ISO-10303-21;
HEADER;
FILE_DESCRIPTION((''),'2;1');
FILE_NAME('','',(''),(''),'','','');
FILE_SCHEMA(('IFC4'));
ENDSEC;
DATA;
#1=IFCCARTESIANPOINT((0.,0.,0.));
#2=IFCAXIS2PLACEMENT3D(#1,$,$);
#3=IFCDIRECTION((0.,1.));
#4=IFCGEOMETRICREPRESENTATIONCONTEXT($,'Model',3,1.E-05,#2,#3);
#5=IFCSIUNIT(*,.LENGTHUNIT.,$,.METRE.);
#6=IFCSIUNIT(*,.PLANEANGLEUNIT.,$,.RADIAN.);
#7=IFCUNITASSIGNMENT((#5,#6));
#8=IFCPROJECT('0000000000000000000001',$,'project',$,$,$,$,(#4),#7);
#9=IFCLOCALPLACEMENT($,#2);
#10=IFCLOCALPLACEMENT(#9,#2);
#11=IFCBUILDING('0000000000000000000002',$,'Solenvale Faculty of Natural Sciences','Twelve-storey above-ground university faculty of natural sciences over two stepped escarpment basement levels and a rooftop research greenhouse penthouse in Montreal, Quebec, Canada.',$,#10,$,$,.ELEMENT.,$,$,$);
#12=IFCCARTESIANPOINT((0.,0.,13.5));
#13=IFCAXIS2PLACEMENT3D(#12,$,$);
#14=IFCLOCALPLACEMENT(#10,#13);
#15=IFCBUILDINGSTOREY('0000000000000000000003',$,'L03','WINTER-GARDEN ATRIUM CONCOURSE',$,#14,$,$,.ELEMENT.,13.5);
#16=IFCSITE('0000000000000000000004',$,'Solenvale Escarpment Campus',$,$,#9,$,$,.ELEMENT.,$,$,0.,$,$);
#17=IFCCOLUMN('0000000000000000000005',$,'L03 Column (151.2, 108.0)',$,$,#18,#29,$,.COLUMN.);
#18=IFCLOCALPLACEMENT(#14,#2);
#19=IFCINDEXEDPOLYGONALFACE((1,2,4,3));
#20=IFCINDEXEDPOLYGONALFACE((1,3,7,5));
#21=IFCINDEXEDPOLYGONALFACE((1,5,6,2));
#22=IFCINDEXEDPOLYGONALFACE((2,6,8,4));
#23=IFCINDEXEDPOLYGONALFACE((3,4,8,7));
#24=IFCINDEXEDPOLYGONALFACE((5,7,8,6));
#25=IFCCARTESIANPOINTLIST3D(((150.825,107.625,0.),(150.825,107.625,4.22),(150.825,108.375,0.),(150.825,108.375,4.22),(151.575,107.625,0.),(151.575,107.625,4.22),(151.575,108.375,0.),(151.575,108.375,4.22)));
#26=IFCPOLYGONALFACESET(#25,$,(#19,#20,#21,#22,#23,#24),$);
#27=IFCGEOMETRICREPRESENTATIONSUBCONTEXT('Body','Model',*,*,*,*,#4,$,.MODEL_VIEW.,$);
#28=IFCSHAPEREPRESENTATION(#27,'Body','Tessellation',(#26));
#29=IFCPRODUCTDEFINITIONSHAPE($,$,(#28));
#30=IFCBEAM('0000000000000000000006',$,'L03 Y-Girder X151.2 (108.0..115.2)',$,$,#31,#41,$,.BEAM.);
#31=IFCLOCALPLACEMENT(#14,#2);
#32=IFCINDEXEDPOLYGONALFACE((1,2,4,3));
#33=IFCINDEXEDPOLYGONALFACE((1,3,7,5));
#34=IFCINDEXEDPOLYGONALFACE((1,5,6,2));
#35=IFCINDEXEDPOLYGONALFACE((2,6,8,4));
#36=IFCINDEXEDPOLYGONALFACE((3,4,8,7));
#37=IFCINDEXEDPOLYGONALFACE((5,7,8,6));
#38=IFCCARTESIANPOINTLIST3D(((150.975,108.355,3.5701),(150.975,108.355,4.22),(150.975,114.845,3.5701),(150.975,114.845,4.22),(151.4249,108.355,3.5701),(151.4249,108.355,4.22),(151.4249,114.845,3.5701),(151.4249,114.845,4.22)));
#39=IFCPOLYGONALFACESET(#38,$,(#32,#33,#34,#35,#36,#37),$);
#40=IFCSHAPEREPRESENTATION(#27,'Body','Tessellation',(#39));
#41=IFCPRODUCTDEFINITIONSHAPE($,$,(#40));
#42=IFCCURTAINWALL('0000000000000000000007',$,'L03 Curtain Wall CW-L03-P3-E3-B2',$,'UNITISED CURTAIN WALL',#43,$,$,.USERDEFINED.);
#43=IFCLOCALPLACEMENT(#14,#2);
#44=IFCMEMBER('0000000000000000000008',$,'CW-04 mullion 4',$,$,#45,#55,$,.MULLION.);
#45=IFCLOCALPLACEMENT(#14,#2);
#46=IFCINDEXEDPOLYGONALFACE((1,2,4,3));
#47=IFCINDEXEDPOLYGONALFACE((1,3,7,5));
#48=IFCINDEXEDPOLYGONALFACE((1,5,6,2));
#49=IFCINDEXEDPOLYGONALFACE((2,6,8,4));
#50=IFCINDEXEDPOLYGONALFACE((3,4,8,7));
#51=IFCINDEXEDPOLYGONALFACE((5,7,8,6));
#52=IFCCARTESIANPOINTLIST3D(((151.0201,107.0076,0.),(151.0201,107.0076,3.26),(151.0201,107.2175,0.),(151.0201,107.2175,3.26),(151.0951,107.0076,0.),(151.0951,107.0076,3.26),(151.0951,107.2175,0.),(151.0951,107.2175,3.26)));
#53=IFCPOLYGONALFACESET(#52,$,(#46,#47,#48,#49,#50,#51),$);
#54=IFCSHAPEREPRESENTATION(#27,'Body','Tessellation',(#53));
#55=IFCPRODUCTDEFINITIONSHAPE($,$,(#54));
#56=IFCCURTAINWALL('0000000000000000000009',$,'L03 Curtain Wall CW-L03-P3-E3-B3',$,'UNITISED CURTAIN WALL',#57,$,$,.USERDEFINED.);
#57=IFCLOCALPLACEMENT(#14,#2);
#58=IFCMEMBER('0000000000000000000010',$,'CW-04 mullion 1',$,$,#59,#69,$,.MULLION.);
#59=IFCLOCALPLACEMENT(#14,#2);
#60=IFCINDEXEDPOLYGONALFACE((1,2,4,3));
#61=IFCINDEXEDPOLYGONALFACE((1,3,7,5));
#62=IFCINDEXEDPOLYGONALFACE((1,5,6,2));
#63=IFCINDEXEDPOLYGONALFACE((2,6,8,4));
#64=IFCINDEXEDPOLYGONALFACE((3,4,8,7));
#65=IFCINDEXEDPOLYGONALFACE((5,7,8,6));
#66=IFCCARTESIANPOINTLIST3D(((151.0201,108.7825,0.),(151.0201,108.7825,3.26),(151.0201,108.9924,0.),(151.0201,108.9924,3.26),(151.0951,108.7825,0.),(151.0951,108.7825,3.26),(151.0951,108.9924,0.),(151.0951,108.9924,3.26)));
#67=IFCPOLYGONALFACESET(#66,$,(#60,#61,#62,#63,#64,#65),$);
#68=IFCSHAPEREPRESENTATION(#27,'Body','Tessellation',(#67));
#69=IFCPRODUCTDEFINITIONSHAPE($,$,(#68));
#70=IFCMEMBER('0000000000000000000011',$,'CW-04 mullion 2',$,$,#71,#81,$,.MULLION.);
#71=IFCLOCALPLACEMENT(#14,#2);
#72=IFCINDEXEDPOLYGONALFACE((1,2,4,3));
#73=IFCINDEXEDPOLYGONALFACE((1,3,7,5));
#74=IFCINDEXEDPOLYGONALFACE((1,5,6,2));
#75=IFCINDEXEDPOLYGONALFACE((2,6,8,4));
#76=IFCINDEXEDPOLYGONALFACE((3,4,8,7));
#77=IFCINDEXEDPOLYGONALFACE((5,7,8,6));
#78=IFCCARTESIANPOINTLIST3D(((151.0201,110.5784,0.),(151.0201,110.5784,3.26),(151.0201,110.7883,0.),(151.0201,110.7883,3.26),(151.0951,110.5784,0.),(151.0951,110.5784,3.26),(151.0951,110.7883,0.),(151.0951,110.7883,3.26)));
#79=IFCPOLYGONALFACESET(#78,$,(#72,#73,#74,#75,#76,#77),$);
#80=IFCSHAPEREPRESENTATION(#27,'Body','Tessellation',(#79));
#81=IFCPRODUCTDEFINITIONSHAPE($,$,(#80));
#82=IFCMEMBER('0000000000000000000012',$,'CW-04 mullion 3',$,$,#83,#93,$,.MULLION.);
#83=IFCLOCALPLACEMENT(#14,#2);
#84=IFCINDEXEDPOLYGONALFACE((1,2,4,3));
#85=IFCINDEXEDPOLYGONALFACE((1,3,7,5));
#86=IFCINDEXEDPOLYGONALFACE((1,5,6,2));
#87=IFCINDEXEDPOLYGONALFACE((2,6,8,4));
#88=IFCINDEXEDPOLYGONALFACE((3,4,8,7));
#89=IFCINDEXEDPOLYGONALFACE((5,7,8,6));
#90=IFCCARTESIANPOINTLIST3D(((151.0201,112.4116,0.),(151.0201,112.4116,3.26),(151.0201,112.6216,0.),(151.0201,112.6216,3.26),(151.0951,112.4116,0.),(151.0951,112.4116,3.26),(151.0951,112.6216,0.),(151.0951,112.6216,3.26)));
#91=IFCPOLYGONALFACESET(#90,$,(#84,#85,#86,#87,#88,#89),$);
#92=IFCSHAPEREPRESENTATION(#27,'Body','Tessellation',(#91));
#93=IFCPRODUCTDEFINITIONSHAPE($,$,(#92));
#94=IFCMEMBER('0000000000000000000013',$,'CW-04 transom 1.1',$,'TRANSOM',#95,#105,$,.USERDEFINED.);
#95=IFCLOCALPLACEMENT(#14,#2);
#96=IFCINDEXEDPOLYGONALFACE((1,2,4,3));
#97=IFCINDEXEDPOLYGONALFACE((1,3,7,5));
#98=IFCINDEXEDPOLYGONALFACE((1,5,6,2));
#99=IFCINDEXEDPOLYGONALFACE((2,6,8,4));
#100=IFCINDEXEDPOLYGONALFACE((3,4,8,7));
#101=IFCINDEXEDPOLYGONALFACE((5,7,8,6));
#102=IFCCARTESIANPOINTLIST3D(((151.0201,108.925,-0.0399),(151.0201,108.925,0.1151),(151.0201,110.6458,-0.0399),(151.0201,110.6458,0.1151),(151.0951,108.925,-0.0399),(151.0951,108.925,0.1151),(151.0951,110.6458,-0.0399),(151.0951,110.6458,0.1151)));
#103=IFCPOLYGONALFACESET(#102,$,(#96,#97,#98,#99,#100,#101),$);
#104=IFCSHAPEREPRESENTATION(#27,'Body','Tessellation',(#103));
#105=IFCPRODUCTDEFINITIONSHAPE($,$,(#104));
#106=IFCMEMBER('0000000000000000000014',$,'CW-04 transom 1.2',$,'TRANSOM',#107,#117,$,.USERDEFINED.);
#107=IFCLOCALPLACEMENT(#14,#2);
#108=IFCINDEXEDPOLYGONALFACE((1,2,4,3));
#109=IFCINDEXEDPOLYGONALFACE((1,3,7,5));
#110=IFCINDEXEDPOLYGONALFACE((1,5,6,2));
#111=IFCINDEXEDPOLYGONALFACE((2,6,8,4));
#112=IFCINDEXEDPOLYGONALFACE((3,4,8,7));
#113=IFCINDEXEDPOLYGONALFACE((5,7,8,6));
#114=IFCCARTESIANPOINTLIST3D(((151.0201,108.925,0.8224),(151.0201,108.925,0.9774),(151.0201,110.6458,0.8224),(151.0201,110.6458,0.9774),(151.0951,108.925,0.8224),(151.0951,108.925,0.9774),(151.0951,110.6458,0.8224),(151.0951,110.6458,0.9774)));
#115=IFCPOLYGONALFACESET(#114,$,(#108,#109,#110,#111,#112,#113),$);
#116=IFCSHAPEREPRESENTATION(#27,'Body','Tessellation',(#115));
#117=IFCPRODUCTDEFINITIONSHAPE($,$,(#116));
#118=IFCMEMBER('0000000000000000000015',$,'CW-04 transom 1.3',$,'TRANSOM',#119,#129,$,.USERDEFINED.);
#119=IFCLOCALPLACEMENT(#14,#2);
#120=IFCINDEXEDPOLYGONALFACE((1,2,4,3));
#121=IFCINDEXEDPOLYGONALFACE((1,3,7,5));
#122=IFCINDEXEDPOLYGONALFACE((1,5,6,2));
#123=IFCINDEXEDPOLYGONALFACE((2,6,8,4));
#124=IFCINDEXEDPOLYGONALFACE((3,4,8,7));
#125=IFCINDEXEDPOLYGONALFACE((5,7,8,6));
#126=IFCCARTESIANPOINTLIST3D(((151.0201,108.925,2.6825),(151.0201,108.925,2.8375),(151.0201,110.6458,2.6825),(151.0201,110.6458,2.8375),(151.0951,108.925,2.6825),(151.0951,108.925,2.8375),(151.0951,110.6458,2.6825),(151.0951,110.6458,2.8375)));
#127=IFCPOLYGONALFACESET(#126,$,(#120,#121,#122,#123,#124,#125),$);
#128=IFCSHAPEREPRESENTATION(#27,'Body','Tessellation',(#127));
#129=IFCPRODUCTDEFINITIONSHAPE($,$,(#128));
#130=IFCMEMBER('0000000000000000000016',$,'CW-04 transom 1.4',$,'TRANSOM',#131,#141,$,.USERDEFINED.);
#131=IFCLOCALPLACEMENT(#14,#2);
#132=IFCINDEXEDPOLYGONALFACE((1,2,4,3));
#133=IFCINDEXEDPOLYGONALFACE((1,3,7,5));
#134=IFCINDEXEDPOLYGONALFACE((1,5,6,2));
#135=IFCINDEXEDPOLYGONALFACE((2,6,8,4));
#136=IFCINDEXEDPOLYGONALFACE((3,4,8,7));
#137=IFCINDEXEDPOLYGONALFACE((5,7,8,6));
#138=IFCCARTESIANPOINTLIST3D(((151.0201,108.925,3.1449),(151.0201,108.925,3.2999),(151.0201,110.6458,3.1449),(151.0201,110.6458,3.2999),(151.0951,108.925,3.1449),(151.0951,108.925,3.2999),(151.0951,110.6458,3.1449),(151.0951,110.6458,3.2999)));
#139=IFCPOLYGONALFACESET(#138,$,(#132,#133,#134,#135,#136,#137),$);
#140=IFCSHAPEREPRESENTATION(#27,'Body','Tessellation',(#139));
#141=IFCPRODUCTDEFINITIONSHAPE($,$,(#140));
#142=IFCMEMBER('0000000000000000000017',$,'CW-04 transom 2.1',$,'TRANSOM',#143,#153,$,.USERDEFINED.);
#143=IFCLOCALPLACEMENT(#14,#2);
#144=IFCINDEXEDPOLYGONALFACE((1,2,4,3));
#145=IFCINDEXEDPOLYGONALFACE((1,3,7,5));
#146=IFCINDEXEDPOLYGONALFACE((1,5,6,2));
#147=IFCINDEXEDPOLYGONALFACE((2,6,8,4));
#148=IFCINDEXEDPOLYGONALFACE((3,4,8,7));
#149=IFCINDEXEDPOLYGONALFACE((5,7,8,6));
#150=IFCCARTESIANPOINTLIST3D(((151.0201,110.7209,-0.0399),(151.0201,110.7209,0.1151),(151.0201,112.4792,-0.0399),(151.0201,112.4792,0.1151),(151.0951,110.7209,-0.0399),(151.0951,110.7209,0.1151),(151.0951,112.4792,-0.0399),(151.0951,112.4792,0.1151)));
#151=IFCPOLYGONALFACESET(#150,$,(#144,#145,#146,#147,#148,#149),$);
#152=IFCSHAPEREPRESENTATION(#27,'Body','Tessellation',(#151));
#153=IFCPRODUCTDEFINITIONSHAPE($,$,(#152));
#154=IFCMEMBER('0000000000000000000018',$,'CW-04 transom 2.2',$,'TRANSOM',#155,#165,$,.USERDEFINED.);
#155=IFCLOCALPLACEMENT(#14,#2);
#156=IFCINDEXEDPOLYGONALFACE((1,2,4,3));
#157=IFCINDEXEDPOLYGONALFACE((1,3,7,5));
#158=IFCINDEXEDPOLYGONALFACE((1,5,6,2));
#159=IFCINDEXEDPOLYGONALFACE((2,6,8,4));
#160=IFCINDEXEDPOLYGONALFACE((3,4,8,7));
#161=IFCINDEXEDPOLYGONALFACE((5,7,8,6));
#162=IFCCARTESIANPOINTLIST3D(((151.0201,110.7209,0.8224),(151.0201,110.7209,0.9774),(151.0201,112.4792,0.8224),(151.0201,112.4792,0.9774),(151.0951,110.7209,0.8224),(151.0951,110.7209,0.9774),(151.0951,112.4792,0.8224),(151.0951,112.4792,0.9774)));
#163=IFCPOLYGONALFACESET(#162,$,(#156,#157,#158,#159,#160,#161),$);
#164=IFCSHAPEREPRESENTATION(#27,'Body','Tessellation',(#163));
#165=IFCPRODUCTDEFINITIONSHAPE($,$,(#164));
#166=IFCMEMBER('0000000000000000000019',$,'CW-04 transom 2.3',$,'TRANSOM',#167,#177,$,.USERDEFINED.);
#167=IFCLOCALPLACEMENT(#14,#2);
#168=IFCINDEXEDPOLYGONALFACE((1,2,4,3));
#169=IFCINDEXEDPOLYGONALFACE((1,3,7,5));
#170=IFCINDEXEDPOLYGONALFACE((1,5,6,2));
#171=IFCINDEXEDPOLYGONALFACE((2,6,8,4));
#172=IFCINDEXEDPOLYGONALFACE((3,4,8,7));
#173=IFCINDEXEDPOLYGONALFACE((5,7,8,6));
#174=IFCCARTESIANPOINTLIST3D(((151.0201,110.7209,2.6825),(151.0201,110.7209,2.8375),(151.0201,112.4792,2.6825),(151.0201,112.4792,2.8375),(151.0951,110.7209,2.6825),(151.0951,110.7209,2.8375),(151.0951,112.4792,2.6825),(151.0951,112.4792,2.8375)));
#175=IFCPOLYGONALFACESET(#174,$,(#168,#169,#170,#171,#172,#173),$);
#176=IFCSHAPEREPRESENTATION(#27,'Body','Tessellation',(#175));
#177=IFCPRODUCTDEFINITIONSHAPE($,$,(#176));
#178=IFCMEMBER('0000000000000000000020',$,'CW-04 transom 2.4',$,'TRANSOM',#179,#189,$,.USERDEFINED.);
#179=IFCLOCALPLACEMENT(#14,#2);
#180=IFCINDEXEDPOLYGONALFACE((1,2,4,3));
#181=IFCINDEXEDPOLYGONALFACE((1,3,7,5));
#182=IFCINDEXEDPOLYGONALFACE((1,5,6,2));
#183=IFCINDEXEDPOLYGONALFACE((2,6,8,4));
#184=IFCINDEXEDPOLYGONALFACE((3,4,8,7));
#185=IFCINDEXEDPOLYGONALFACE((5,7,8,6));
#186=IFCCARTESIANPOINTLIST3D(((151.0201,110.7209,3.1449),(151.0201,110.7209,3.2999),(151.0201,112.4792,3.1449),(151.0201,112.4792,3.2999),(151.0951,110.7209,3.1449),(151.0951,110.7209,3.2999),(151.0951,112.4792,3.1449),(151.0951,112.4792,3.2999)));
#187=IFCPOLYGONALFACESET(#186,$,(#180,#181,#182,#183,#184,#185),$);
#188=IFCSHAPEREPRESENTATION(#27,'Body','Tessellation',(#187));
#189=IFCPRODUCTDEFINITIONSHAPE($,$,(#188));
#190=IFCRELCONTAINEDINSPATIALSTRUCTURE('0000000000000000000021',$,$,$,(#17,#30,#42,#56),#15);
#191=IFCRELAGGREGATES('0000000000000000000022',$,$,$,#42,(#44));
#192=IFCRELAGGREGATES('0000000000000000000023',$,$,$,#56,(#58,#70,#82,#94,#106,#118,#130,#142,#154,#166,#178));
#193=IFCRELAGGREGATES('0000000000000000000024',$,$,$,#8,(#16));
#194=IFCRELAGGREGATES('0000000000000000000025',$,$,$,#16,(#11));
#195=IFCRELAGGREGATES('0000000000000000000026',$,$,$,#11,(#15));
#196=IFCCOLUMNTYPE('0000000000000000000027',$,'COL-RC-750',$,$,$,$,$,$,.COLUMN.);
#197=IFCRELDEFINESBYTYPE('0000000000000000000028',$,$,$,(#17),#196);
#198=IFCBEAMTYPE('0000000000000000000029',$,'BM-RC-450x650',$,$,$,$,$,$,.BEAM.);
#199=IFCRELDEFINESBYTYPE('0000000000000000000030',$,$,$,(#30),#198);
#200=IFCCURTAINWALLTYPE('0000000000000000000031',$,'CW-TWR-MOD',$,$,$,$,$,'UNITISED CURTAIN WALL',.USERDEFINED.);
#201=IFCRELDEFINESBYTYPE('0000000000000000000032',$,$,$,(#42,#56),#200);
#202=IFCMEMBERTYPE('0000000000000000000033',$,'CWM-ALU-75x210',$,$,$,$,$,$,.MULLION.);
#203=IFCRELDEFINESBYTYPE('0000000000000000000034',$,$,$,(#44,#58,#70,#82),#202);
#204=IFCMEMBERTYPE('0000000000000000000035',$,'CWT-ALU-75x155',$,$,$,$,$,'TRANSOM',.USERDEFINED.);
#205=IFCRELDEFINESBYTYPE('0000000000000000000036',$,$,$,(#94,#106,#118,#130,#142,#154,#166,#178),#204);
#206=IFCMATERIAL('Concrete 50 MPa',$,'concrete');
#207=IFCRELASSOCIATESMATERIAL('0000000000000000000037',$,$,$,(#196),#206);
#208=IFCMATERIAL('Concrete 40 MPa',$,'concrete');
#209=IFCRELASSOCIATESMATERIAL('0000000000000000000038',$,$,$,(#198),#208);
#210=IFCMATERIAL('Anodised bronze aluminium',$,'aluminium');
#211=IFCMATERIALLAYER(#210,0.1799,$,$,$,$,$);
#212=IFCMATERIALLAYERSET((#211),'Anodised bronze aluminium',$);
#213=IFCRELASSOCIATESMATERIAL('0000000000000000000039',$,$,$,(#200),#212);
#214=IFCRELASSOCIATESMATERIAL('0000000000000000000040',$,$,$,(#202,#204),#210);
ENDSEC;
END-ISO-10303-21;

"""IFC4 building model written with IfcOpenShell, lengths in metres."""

from ifc_helpers import new_model, si_unit, direction, frame, origin, origin_2d, place, context, subcontext, project, spatial, rectangle, extrude, material, layer, layer_set, material_profile, profile_set, type_object, element, aggregate, save


model = new_model("IFC4")

# Units and contexts
model_context = context("Model", 3, precision=1e-05, world=origin(), true_north=direction((0.0, 1.0)))
body_context = subcontext(model_context, "Body", "Model", "MODEL_VIEW")
ifc_project = project(units=[si_unit("LENGTHUNIT", "METRE"), si_unit("PLANEANGLEUNIT", "RADIAN")], contexts=[model_context])

# Site, building, storey
site_placement = place(None, origin())
site = spatial("IfcSite", under=ifc_project, at=site_placement, Name="Solenvale Escarpment Campus", CompositionType="ELEMENT", RefElevation=0.0)
building_placement = place(site_placement, origin())
building = spatial("IfcBuilding", under=site, at=building_placement, Name="Solenvale Faculty of Natural Sciences", Description="Twelve-storey above-ground university faculty of natural sciences over two stepped escarpment basement levels and a rooftop research greenhouse penthouse in Montreal, Quebec, Canada.", CompositionType="ELEMENT")
storey_placement = place(building_placement, frame((0.0, 0.0, 13.5)))
storey = spatial("IfcBuildingStorey", under=building, at=storey_placement, Name="L03", Description="WINTER-GARDEN ATRIUM CONCOURSE", CompositionType="ELEMENT", Elevation=13.5)

# Column
ifc_material_1 = material(Name="Concrete 50 MPa", Category="concrete")
ifc_material_profile_1 = material_profile(ifc_material_1, rectangle(XDim=0.75, YDim=0.75, at=origin_2d()), Name="RC-COL-750x750")
ifc_profile_set_1 = profile_set([ifc_material_profile_1], Name="Concrete 50 MPa")
column_type = type_object("IfcColumnType", Name="COL-RC-750", PredefinedType="COLUMN", material=ifc_profile_set_1)
column_placement = place(storey_placement, frame((151.2, 108.0, 0.0), z_axis=(0.0, 0.0, 1.0), x_axis=(1.0, 0.0, 0.0)))
element("IfcColumn", 1, at=column_placement, inside=storey, type_object=column_type, Name="L03 Column (151.2, 108.0)", PredefinedType="COLUMN", context=body_context, shape_type="SweptSolid", body=[
    extrude(rectangle(XDim=0.75, YDim=0.75, at=origin_2d()), origin(), (0.0, 0.0, 1.0), 4.22),
])

# Beam
ifc_material_2 = material(Name="Concrete 40 MPa", Category="concrete")
ifc_material_profile_2 = material_profile(ifc_material_2, rectangle(XDim=0.45, YDim=0.6499, at=origin_2d()), Name="RC-BM-450x650")
ifc_profile_set_2 = profile_set([ifc_material_profile_2], Name="Concrete 40 MPa")
beam_type = type_object("IfcBeamType", Name="BM-RC-450x650", PredefinedType="BEAM", material=ifc_profile_set_2)
beam_placement = place(storey_placement, frame((151.2, 108.355, 3.895), z_axis=(0.0, 1.0, 0.0), x_axis=(-1.0, 0.0, 0.0)))
element("IfcBeam", 2, at=beam_placement, inside=storey, type_object=beam_type, Name="L03 Y-Girder X151.2 (108.0..115.2)", PredefinedType="BEAM", context=body_context, shape_type="SweptSolid", body=[
    extrude(rectangle(XDim=0.45, YDim=0.6499, at=origin_2d()), origin(), (0.0, 0.0, 1.0), 6.49),
])

# Curtain wall, member
ifc_material_3 = material(Name="Anodised bronze aluminium", Category="aluminium")
ifc_layer_1 = layer(ifc_material_3, 0.1799)
ifc_layer_set_1 = layer_set([ifc_layer_1], Name="Anodised bronze aluminium")
curtain_wall_type = type_object("IfcCurtainWallType", Name="CW-TWR-MOD", ElementType="UNITISED CURTAIN WALL", PredefinedType="USERDEFINED", material=ifc_layer_set_1)
curtain_wall_1_placement = place(storey_placement, origin())
curtain_wall_1 = element("IfcCurtainWall", 3, at=curtain_wall_1_placement, inside=storey, type_object=curtain_wall_type, Name="L03 Curtain Wall CW-L03-P3-E3-B2", ObjectType="UNITISED CURTAIN WALL", PredefinedType="USERDEFINED")
ifc_material_profile_3 = material_profile(ifc_material_3, rectangle(XDim=0.075, YDim=0.21, at=origin_2d()), Name="ALU-MUL-75x210")
ifc_profile_set_3 = profile_set([ifc_material_profile_3], Name="Anodised bronze aluminium")
member_type_1 = type_object("IfcMemberType", Name="CWM-ALU-75x210", PredefinedType="MULLION", material=ifc_profile_set_3)
member_1_placement = place(storey_placement, frame((151.0576, 107.1125, 0.0), z_axis=(0.0, 0.0, 1.0), x_axis=(-1.0, 0.0, 0.0)))
member_1 = element("IfcMember", 4, at=member_1_placement, type_object=member_type_1, Name="CW-04 mullion 4", PredefinedType="MULLION", context=body_context, shape_type="SweptSolid", body=[
    extrude(rectangle(XDim=0.075, YDim=0.21, at=origin_2d()), origin(), (0.0, 0.0, 1.0), 3.26),
])
aggregate(curtain_wall_1, [member_1])

# Curtain wall, members
curtain_wall_2_placement = place(storey_placement, origin())
curtain_wall_2 = element("IfcCurtainWall", 5, at=curtain_wall_2_placement, inside=storey, type_object=curtain_wall_type, Name="L03 Curtain Wall CW-L03-P3-E3-B3", ObjectType="UNITISED CURTAIN WALL", PredefinedType="USERDEFINED")
member_2_placement = place(storey_placement, frame((151.0576, 108.8875, 0.0), z_axis=(0.0, 0.0, 1.0), x_axis=(-1.0, 0.0, 0.0)))
member_2 = element("IfcMember", 6, at=member_2_placement, type_object=member_type_1, Name="CW-04 mullion 1", PredefinedType="MULLION", context=body_context, shape_type="SweptSolid", body=[
    extrude(rectangle(XDim=0.075, YDim=0.21, at=origin_2d()), origin(), (0.0, 0.0, 1.0), 3.26),
])
member_3_placement = place(storey_placement, frame((151.0576, 110.6833, 0.0), z_axis=(0.0, 0.0, 1.0), x_axis=(-1.0, 0.0, 0.0)))
member_3 = element("IfcMember", 7, at=member_3_placement, type_object=member_type_1, Name="CW-04 mullion 2", PredefinedType="MULLION", context=body_context, shape_type="SweptSolid", body=[
    extrude(rectangle(XDim=0.075, YDim=0.21, at=origin_2d()), origin(), (0.0, 0.0, 1.0), 3.26),
])
member_4_placement = place(storey_placement, frame((151.0576, 112.5166, 0.0), z_axis=(0.0, 0.0, 1.0), x_axis=(-1.0, 0.0, 0.0)))
member_4 = element("IfcMember", 8, at=member_4_placement, type_object=member_type_1, Name="CW-04 mullion 3", PredefinedType="MULLION", context=body_context, shape_type="SweptSolid", body=[
    extrude(rectangle(XDim=0.075, YDim=0.21, at=origin_2d()), origin(), (0.0, 0.0, 1.0), 3.26),
])
ifc_material_profile_4 = material_profile(ifc_material_3, rectangle(XDim=0.075, YDim=0.155, at=origin_2d()), Name="ALU-TRN-75x155")
ifc_profile_set_4 = profile_set([ifc_material_profile_4], Name="Anodised bronze aluminium")
member_type_2 = type_object("IfcMemberType", Name="CWT-ALU-75x155", ElementType="TRANSOM", PredefinedType="USERDEFINED", material=ifc_profile_set_4)
member_5_placement = place(storey_placement, frame((151.0576, 108.925, 0.0376), z_axis=(0.0, 1.0, 0.0), x_axis=(-1.0, 0.0, 0.0)))
member_5 = element("IfcMember", 9, at=member_5_placement, type_object=member_type_2, Name="CW-04 transom 1.1", ObjectType="TRANSOM", PredefinedType="USERDEFINED", context=body_context, shape_type="SweptSolid", body=[
    extrude(rectangle(XDim=0.075, YDim=0.155, at=origin_2d()), origin(), (0.0, 0.0, 1.0), 1.7207),
])
member_6_placement = place(storey_placement, frame((151.0576, 108.925, 0.8999), z_axis=(0.0, 1.0, 0.0), x_axis=(-1.0, 0.0, 0.0)))
member_6 = element("IfcMember", 10, at=member_6_placement, type_object=member_type_2, Name="CW-04 transom 1.2", ObjectType="TRANSOM", PredefinedType="USERDEFINED", context=body_context, shape_type="SweptSolid", body=[
    extrude(rectangle(XDim=0.075, YDim=0.155, at=origin_2d()), origin(), (0.0, 0.0, 1.0), 1.7207),
])
member_7_placement = place(storey_placement, frame((151.0576, 108.925, 2.76), z_axis=(0.0, 1.0, 0.0), x_axis=(-1.0, 0.0, 0.0)))
member_7 = element("IfcMember", 11, at=member_7_placement, type_object=member_type_2, Name="CW-04 transom 1.3", ObjectType="TRANSOM", PredefinedType="USERDEFINED", context=body_context, shape_type="SweptSolid", body=[
    extrude(rectangle(XDim=0.075, YDim=0.155, at=origin_2d()), origin(), (0.0, 0.0, 1.0), 1.7207),
])
member_8_placement = place(storey_placement, frame((151.0576, 108.925, 3.2224), z_axis=(0.0, 1.0, 0.0), x_axis=(-1.0, 0.0, 0.0)))
member_8 = element("IfcMember", 12, at=member_8_placement, type_object=member_type_2, Name="CW-04 transom 1.4", ObjectType="TRANSOM", PredefinedType="USERDEFINED", context=body_context, shape_type="SweptSolid", body=[
    extrude(rectangle(XDim=0.075, YDim=0.155, at=origin_2d()), origin(), (0.0, 0.0, 1.0), 1.7207),
])
member_9_placement = place(storey_placement, frame((151.0576, 110.7209, 0.0376), z_axis=(0.0, 1.0, 0.0), x_axis=(-1.0, 0.0, 0.0)))
member_9 = element("IfcMember", 13, at=member_9_placement, type_object=member_type_2, Name="CW-04 transom 2.1", ObjectType="TRANSOM", PredefinedType="USERDEFINED", context=body_context, shape_type="SweptSolid", body=[
    extrude(rectangle(XDim=0.075, YDim=0.155, at=origin_2d()), origin(), (0.0, 0.0, 1.0), 1.7583),
])
member_10_placement = place(storey_placement, frame((151.0576, 110.7209, 0.8999), z_axis=(0.0, 1.0, 0.0), x_axis=(-1.0, 0.0, 0.0)))
member_10 = element("IfcMember", 14, at=member_10_placement, type_object=member_type_2, Name="CW-04 transom 2.2", ObjectType="TRANSOM", PredefinedType="USERDEFINED", context=body_context, shape_type="SweptSolid", body=[
    extrude(rectangle(XDim=0.075, YDim=0.155, at=origin_2d()), origin(), (0.0, 0.0, 1.0), 1.7583),
])
member_11_placement = place(storey_placement, frame((151.0576, 110.7209, 2.76), z_axis=(0.0, 1.0, 0.0), x_axis=(-1.0, 0.0, 0.0)))
member_11 = element("IfcMember", 15, at=member_11_placement, type_object=member_type_2, Name="CW-04 transom 2.3", ObjectType="TRANSOM", PredefinedType="USERDEFINED", context=body_context, shape_type="SweptSolid", body=[
    extrude(rectangle(XDim=0.075, YDim=0.155, at=origin_2d()), origin(), (0.0, 0.0, 1.0), 1.7583),
])
member_12_placement = place(storey_placement, frame((151.0576, 110.7209, 3.2224), z_axis=(0.0, 1.0, 0.0), x_axis=(-1.0, 0.0, 0.0)))
member_12 = element("IfcMember", 16, at=member_12_placement, type_object=member_type_2, Name="CW-04 transom 2.4", ObjectType="TRANSOM", PredefinedType="USERDEFINED", context=body_context, shape_type="SweptSolid", body=[
    extrude(rectangle(XDim=0.075, YDim=0.155, at=origin_2d()), origin(), (0.0, 0.0, 1.0), 1.7583),
])
aggregate(curtain_wall_2, [member_2, member_3, member_4, member_5, member_6, member_7, member_8, member_9, member_10, member_11, member_12])

save(model, "model.ifc")
